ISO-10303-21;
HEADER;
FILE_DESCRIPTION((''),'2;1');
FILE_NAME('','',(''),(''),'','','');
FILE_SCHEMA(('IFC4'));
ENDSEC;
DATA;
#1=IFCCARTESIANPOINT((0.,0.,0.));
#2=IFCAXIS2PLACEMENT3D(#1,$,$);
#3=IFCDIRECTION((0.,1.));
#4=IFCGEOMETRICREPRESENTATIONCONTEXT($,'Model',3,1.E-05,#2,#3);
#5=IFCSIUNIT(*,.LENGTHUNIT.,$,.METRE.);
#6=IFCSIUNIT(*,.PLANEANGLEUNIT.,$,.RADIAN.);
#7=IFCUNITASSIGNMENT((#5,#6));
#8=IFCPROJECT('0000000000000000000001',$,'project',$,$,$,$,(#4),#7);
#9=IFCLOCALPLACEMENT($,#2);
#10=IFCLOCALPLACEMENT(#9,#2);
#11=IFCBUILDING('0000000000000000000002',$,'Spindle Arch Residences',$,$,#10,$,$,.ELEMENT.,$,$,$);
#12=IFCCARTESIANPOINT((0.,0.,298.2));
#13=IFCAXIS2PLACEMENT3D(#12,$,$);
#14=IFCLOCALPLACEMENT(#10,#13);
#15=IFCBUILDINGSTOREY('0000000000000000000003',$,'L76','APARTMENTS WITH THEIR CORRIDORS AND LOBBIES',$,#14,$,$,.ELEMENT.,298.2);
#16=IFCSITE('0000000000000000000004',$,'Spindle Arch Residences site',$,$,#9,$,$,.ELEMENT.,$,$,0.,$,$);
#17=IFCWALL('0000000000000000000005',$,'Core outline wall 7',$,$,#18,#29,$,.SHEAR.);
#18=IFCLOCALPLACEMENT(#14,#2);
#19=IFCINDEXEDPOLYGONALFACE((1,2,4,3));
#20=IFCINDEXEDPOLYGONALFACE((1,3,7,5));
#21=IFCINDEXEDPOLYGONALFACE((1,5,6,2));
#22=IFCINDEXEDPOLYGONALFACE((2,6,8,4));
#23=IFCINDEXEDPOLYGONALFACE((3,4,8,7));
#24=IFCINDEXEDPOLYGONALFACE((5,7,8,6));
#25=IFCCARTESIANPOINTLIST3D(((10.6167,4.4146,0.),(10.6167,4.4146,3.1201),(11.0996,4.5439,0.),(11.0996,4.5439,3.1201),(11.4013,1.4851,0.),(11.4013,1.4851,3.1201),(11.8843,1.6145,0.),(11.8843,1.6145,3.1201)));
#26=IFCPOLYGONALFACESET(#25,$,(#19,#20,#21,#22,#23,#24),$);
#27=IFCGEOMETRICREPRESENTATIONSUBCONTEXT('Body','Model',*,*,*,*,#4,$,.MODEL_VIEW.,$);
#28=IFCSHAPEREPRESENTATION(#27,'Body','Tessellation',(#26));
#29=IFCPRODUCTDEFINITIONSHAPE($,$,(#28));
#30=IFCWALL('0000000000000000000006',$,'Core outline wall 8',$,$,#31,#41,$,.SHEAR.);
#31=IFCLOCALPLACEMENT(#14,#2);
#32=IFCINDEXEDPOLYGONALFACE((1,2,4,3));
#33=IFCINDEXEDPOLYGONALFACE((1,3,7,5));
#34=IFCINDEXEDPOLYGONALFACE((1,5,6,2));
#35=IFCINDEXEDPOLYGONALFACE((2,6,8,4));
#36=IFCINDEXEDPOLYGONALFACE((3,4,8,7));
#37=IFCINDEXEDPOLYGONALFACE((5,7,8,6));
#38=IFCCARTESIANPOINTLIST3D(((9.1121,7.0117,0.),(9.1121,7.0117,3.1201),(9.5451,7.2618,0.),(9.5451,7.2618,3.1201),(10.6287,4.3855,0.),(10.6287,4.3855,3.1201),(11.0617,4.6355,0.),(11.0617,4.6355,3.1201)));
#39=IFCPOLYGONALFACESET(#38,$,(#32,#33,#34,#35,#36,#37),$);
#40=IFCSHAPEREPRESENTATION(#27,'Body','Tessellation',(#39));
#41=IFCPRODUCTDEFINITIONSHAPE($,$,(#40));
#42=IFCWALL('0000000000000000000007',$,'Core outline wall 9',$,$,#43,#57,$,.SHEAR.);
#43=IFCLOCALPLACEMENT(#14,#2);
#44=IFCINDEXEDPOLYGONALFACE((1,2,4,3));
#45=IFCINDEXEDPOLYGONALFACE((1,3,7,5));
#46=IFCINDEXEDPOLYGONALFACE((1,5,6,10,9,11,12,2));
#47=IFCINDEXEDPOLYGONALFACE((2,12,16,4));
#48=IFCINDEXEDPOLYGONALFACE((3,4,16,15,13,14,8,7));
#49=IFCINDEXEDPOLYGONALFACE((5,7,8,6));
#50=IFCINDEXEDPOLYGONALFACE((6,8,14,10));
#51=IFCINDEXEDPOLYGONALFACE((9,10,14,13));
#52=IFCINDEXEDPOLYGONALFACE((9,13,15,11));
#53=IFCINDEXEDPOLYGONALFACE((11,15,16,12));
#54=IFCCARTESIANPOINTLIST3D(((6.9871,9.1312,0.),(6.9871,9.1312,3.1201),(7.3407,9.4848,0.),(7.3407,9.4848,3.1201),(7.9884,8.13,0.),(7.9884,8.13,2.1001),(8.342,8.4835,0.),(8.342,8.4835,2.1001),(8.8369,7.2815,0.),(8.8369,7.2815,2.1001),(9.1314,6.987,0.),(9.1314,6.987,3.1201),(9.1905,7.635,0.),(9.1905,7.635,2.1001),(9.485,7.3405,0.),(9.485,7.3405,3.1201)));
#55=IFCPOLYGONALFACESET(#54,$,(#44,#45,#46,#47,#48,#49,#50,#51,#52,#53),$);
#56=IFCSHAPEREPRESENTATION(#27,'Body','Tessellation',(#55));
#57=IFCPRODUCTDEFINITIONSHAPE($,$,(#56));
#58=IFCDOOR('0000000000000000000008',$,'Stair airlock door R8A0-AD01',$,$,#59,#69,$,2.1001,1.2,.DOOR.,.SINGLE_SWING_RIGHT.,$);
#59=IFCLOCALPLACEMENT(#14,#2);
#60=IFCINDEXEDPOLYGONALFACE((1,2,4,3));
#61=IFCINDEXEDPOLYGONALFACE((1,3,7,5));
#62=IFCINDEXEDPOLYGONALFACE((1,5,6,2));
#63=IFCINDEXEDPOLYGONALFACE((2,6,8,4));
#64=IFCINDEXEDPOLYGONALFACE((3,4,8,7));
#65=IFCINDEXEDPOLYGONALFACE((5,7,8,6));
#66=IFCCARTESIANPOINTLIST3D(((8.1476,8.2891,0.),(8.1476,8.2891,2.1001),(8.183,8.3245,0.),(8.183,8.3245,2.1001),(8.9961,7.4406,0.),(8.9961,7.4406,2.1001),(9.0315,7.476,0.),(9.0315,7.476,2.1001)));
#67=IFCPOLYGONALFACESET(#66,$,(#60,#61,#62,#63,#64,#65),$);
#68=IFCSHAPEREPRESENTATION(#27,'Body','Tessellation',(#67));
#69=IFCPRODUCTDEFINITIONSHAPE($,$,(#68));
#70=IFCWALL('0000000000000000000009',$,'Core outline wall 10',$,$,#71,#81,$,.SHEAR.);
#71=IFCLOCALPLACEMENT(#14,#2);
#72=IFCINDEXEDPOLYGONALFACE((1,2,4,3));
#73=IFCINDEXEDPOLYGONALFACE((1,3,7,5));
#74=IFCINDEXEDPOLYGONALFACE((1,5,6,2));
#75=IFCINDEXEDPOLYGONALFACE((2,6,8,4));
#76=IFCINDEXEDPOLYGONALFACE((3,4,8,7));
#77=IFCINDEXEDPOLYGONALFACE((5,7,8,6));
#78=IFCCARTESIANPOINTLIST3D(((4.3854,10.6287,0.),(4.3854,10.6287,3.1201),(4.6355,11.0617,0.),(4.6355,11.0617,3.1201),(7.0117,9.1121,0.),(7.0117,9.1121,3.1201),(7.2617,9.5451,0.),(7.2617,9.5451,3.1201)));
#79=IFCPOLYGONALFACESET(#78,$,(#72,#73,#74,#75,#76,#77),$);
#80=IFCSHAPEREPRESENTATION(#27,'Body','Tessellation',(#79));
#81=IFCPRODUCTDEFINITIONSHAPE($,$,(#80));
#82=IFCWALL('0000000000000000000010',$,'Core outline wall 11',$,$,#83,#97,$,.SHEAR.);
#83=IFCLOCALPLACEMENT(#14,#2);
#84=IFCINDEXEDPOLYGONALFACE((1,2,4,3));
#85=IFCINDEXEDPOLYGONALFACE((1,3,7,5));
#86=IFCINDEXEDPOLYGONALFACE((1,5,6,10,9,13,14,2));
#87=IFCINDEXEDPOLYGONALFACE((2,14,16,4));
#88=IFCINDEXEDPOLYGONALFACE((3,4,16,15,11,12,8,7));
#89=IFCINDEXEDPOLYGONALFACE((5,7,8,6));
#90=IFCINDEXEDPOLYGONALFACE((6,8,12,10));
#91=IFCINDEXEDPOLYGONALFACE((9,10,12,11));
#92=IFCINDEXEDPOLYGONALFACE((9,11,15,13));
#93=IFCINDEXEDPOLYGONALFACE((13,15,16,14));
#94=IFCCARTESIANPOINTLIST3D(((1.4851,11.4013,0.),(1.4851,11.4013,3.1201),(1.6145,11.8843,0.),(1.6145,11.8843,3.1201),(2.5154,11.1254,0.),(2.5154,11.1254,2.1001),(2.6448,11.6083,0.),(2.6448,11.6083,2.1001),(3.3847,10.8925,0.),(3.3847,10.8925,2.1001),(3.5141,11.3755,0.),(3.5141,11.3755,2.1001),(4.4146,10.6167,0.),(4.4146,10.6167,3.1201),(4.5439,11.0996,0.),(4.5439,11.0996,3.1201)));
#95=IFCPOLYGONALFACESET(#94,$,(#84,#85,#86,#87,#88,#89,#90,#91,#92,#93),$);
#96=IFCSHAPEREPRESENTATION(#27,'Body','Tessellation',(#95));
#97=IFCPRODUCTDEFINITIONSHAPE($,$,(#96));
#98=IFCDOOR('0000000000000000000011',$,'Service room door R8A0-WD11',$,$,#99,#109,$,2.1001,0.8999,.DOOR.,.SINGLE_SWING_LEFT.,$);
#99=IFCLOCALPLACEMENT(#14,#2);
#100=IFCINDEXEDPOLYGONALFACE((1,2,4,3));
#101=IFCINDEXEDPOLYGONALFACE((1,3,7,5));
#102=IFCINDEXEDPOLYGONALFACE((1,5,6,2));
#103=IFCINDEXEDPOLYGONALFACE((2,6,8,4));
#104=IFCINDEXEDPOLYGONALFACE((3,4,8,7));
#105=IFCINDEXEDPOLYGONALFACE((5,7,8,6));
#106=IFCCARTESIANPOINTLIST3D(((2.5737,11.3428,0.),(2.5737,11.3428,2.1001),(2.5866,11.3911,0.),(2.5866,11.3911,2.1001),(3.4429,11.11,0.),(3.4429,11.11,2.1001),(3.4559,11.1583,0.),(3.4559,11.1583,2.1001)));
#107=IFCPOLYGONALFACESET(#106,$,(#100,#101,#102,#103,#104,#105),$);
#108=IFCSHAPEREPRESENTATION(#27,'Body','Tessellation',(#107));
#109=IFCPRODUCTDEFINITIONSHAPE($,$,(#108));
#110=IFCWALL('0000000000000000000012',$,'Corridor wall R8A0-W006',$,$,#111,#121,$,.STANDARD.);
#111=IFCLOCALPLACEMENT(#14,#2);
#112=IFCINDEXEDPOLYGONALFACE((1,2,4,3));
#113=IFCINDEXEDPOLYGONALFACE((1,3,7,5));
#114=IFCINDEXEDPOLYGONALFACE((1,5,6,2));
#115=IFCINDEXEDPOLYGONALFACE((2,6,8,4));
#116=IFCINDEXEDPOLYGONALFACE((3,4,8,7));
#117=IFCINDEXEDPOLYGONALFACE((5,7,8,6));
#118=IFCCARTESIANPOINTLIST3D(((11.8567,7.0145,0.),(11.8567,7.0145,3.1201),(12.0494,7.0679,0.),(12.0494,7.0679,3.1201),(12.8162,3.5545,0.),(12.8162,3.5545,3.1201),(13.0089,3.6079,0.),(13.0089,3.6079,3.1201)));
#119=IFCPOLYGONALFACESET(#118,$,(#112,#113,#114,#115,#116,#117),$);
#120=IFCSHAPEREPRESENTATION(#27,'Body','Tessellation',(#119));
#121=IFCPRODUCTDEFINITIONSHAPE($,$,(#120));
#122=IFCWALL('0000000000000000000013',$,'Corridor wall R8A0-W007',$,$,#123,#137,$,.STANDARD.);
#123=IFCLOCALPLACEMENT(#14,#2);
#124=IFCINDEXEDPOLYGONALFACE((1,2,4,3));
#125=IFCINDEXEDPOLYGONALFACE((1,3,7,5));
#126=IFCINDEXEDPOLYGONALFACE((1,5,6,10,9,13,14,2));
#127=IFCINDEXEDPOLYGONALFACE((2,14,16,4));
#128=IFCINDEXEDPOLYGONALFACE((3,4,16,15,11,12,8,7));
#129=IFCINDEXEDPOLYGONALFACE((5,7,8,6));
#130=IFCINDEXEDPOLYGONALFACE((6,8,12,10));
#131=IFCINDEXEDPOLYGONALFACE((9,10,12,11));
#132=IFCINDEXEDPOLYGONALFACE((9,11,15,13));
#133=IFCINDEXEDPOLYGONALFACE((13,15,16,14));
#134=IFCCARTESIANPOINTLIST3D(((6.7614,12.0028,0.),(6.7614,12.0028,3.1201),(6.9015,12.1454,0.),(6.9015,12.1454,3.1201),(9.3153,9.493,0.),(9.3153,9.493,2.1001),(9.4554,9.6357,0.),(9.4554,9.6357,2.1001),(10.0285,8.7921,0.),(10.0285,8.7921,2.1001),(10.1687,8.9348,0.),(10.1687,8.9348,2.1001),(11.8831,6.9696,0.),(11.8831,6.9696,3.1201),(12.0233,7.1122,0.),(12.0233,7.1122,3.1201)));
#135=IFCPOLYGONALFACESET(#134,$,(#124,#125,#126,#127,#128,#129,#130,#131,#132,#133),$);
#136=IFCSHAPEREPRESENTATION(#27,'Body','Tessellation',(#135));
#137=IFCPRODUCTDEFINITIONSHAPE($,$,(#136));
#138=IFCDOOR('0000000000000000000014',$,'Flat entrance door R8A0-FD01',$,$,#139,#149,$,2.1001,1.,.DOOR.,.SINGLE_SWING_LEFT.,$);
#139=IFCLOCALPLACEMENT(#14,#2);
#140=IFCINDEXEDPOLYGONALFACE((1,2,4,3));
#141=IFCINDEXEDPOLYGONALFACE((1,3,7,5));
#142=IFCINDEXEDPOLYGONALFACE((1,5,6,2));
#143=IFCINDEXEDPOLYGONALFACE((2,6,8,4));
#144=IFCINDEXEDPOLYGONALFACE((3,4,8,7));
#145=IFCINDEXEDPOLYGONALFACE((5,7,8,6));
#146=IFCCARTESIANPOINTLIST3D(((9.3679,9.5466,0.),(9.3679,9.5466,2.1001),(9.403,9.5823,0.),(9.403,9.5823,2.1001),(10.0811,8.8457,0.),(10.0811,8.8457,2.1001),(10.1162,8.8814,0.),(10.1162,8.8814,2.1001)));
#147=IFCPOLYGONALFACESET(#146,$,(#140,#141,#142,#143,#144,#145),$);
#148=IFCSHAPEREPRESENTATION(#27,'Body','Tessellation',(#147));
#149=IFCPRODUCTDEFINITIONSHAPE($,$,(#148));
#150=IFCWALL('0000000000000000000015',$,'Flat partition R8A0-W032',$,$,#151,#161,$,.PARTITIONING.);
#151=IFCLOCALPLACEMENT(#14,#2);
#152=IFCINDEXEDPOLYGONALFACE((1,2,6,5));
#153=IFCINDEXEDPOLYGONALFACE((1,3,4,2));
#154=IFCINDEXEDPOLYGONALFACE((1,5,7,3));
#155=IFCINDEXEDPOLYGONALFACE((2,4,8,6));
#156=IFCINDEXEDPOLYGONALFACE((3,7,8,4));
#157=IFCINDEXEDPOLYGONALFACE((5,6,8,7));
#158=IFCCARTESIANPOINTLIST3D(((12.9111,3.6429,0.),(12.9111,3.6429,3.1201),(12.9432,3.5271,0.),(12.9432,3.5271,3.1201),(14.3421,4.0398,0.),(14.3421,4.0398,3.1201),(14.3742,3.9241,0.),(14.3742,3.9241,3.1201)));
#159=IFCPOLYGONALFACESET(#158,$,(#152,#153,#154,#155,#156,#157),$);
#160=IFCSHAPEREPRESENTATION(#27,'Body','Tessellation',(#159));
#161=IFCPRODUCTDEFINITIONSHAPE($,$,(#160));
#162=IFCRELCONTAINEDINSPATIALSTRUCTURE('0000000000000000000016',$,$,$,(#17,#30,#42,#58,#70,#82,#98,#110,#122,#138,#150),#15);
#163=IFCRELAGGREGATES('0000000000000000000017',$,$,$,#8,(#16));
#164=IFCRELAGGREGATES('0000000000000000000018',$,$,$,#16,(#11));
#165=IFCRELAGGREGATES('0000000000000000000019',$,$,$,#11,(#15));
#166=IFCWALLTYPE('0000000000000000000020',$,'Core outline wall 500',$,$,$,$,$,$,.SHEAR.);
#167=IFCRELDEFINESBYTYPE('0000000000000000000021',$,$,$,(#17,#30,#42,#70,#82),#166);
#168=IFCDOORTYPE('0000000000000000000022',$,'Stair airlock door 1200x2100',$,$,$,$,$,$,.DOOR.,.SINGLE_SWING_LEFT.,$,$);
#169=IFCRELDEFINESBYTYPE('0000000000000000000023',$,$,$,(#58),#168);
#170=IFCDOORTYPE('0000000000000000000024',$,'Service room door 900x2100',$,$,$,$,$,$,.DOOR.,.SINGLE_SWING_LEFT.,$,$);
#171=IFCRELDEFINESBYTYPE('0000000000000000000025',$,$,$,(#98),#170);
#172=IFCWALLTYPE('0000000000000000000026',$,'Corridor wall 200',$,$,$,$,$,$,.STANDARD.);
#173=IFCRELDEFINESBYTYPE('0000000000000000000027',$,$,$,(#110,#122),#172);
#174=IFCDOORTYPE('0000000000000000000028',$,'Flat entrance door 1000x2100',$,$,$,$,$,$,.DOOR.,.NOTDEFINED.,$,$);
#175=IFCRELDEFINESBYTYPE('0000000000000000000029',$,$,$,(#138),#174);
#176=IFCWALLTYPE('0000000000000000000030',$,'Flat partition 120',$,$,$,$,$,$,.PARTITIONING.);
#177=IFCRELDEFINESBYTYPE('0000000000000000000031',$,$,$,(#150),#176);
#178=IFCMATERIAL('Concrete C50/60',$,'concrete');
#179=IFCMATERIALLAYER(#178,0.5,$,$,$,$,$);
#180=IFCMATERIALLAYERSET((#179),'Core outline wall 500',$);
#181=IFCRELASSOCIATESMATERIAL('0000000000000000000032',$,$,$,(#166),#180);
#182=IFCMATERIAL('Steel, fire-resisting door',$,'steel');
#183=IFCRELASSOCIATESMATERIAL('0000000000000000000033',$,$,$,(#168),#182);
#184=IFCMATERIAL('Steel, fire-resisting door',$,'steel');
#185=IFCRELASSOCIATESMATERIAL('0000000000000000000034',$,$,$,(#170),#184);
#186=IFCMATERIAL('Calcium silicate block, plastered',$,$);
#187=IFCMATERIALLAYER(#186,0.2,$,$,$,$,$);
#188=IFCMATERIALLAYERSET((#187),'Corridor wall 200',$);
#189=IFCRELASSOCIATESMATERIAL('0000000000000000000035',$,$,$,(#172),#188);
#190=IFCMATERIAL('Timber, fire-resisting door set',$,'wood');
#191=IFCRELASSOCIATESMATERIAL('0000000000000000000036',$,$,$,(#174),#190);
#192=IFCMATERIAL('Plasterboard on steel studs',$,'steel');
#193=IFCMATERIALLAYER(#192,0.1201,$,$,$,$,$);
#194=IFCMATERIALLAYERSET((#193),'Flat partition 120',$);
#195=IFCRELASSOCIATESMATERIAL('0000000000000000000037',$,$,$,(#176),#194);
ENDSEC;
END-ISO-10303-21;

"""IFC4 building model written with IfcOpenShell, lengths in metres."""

from ifc_helpers import new_model, si_unit, direction, frame, frame_2d, origin, place, context, subcontext, project, spatial, rectangle, extrude, material, layer, layer_set, type_object, element, fill, save


model = new_model("IFC4")

# Units and contexts
model_context = context("Model", 3, precision=1e-05, world=origin(), true_north=direction((0.0, 1.0)))
body_context = subcontext(model_context, "Body", "Model", "MODEL_VIEW")
ifc_project = project(units=[si_unit("LENGTHUNIT", "METRE"), si_unit("PLANEANGLEUNIT", "RADIAN")], contexts=[model_context])

# Site, building, storey
site_placement = place(None, origin())
site = spatial("IfcSite", under=ifc_project, at=site_placement, Name="Spindle Arch Residences site", CompositionType="ELEMENT", RefElevation=0.0)
building_placement = place(site_placement, origin())
building = spatial("IfcBuilding", under=site, at=building_placement, Name="Spindle Arch Residences", CompositionType="ELEMENT")
storey_placement = place(building_placement, frame((0.0, 0.0, 298.2)))
storey = spatial("IfcBuildingStorey", under=building, at=storey_placement, Name="L76", Description="APARTMENTS WITH THEIR CORRIDORS AND LOBBIES", CompositionType="ELEMENT", Elevation=298.2)

# Walls
ifc_material_1 = material(Name="Concrete C50/60", Category="concrete")
ifc_layer_1 = layer(ifc_material_1, 0.5)
ifc_layer_set_1 = layer_set([ifc_layer_1], Name="Core outline wall 500")
wall_type_1 = type_object("IfcWallType", Name="Core outline wall 500", PredefinedType="SHEAR", material=ifc_layer_set_1)
for number, where, z_axis, x_axis, name in (
    (1, (11.6428, 1.5498, 0.0), (0.0, 0.0, 1.0), (-0.258735, 0.965948, 0.0), "Core outline wall 7"),
    (2, (10.8452, 4.5105, 0.0), (0.0, 0.0, 1.0), (-0.500087, 0.865975, 0.0), "Core outline wall 8"),
):
    element("IfcWall", number, at=place(storey_placement, frame(where, z_axis=z_axis, x_axis=x_axis)), inside=storey, type_object=wall_type_1, Name=name, PredefinedType="SHEAR", context=body_context, shape_type="SweptSolid", body=[
        extrude(rectangle(XDim=3.0327, YDim=0.5, at=frame_2d((1.5164, 0.0))), origin(), (0.0, 0.0, 1.0), 3.1201),
    ])

# Wall, opening, door
wall_1_placement = place(storey_placement, frame((9.3081, 7.1638, 0.0), z_axis=(0.0, 0.0, 1.0), x_axis=(-0.707107, 0.707107, 0.0)))
wall_1 = element("IfcWall", 3, at=wall_1_placement, inside=storey, type_object=wall_type_1, Name="Core outline wall 9", PredefinedType="SHEAR", context=body_context, shape_type="SweptSolid", body=[
    extrude(rectangle(XDim=3.0325, YDim=0.5, at=frame_2d((1.5161, 0.0))), origin(), (0.0, 0.0, 1.0), 3.1201),
])
opening_1_placement = place(wall_1_placement, frame((0.4163, 0.0, 0.0)))
opening_1 = element("IfcOpeningElement", 4, at=opening_1_placement, cuts=wall_1, PredefinedType="OPENING", context=body_context, shape_type="SweptSolid", body=[
    extrude(rectangle(XDim=1.2, YDim=2.1001, at=frame_2d((0.6001, 1.05))), frame((0.0, 0.26, 0.0), z_axis=(0.0, -1.0, 0.0), x_axis=(1.0, 0.0, 0.0)), (0.0, 0.0, 1.0), 0.52),
])
ifc_material_2 = material(Name="Steel, fire-resisting door", Category="steel")
door_type_1 = type_object("IfcDoorType", Name="Stair airlock door 1200x2100", OperationType="SINGLE_SWING_LEFT", PredefinedType="DOOR", material=ifc_material_2)
door_1_placement = place(opening_1_placement, origin())
door_1 = element("IfcDoor", 5, at=door_1_placement, inside=storey, type_object=door_type_1, Name="Stair airlock door R8A0-AD01", OperationType="SINGLE_SWING_RIGHT", OverallHeight=2.1001, OverallWidth=1.2, PredefinedType="DOOR", context=body_context, shape_type="SweptSolid", body=[
    extrude(rectangle(XDim=1.2, YDim=2.1001, at=frame_2d((0.6001, 1.05))), frame((0.0, 0.0249, 0.0), z_axis=(0.0, -1.0, 0.0), x_axis=(1.0, 0.0, 0.0)), (0.0, 0.0, 1.0), 0.05),
])
fill(opening_1, door_1)

# Wall
wall_2_placement = place(storey_placement, frame((7.1367, 9.3286, 0.0), z_axis=(0.0, 0.0, 1.0), x_axis=(-0.865975, 0.500087, 0.0)))
element("IfcWall", 6, at=wall_2_placement, inside=storey, type_object=wall_type_1, Name="Core outline wall 10", PredefinedType="SHEAR", context=body_context, shape_type="SweptSolid", body=[
    extrude(rectangle(XDim=3.0327, YDim=0.5, at=frame_2d((1.5164, 0.0))), origin(), (0.0, 0.0, 1.0), 3.1201),
])

# Wall, opening, door
wall_3_placement = place(storey_placement, frame((4.4792, 10.8582, 0.0), z_axis=(0.0, 0.0, 1.0), x_axis=(-0.965948, 0.258735, 0.0)))
wall_3 = element("IfcWall", 7, at=wall_3_placement, inside=storey, type_object=wall_type_1, Name="Core outline wall 11", PredefinedType="SHEAR", context=body_context, shape_type="SweptSolid", body=[
    extrude(rectangle(XDim=3.0327, YDim=0.5, at=frame_2d((1.5164, 0.0))), origin(), (0.0, 0.0, 1.0), 3.1201),
])
opening_2_placement = place(wall_3_placement, frame((1.0662, 0.0, 0.0)))
opening_2 = element("IfcOpeningElement", 8, at=opening_2_placement, cuts=wall_3, PredefinedType="OPENING", context=body_context, shape_type="SweptSolid", body=[
    extrude(rectangle(XDim=0.8999, YDim=2.1001, at=frame_2d((0.45, 1.05))), frame((0.0, 0.26, 0.0), z_axis=(0.0, -1.0, 0.0), x_axis=(1.0, 0.0, 0.0)), (0.0, 0.0, 1.0), 0.52),
])
ifc_material_3 = material(Name="Steel, fire-resisting door", Category="steel")
door_type_2 = type_object("IfcDoorType", Name="Service room door 900x2100", OperationType="SINGLE_SWING_LEFT", PredefinedType="DOOR", material=ifc_material_3)
door_2_placement = place(opening_2_placement, origin())
door_2 = element("IfcDoor", 9, at=door_2_placement, inside=storey, type_object=door_type_2, Name="Service room door R8A0-WD11", OperationType="SINGLE_SWING_LEFT", OverallHeight=2.1001, OverallWidth=0.8999, PredefinedType="DOOR", context=body_context, shape_type="SweptSolid", body=[
    extrude(rectangle(XDim=0.8999, YDim=2.1001, at=frame_2d((0.45, 1.05))), frame((0.0, 0.0249, 0.0), z_axis=(0.0, -1.0, 0.0), x_axis=(1.0, 0.0, 0.0)), (0.0, 0.0, 1.0), 0.05),
])
fill(opening_2, door_2)

# Wall
ifc_material_4 = material(Name="Calcium silicate block, plastered")
ifc_layer_2 = layer(ifc_material_4, 0.2)
ifc_layer_set_2 = layer_set([ifc_layer_2], Name="Corridor wall 200")
wall_type_2 = type_object("IfcWallType", Name="Corridor wall 200", PredefinedType="STANDARD", material=ifc_layer_set_2)
wall_4_placement = place(storey_placement, frame((12.9126, 3.5811, 0.0), z_axis=(0.0, 0.0, 1.0), x_axis=(-0.267223, 0.963635, 0.0)))
element("IfcWall", 10, at=wall_4_placement, inside=storey, type_object=wall_type_2, Name="Corridor wall R8A0-W006", PredefinedType="STANDARD", context=body_context, shape_type="SweptSolid", body=[
    extrude(rectangle(XDim=3.5906, YDim=0.2, at=frame_2d((1.7954, 0.0))), origin(), (0.0, 0.0, 1.0), 3.1201),
])

# Wall, opening, door
wall_5_placement = place(storey_placement, frame((11.9531, 7.041, 0.0), z_axis=(0.0, 0.0, 1.0), x_axis=(-0.713251, 0.700909, 0.0)))
wall_5 = element("IfcWall", 11, at=wall_5_placement, inside=storey, type_object=wall_type_2, Name="Corridor wall R8A0-W007", PredefinedType="STANDARD", context=body_context, shape_type="SweptSolid", body=[
    extrude(rectangle(XDim=7.1809, YDim=0.2, at=frame_2d((3.5903, 0.0))), origin(), (0.0, 0.0, 1.0), 3.1201),
])
opening_3_placement = place(wall_5_placement, frame((2.6001, 0.0, 0.0)))
opening_3 = element("IfcOpeningElement", 12, at=opening_3_placement, cuts=wall_5, PredefinedType="OPENING", context=body_context, shape_type="SweptSolid", body=[
    extrude(rectangle(XDim=1.0, YDim=2.1001, at=frame_2d((0.5, 1.05))), frame((0.0, 0.1099, 0.0), z_axis=(0.0, -1.0, 0.0), x_axis=(1.0, 0.0, 0.0)), (0.0, 0.0, 1.0), 0.22),
])
ifc_material_5 = material(Name="Timber, fire-resisting door set", Category="wood")
door_type_3 = type_object("IfcDoorType", Name="Flat entrance door 1000x2100", OperationType="NOTDEFINED", PredefinedType="DOOR", material=ifc_material_5)
door_3_placement = place(opening_3_placement, origin())
door_3 = element("IfcDoor", 13, at=door_3_placement, inside=storey, type_object=door_type_3, Name="Flat entrance door R8A0-FD01", OperationType="SINGLE_SWING_LEFT", OverallHeight=2.1001, OverallWidth=1.0, PredefinedType="DOOR", context=body_context, shape_type="SweptSolid", body=[
    extrude(rectangle(XDim=1.0, YDim=2.1001, at=frame_2d((0.5, 1.05))), frame((0.0, 0.0249, 0.0), z_axis=(0.0, -1.0, 0.0), x_axis=(1.0, 0.0, 0.0)), (0.0, 0.0, 1.0), 0.05),
])
fill(opening_3, door_3)

# Wall
ifc_material_6 = material(Name="Plasterboard on steel studs", Category="steel")
ifc_layer_3 = layer(ifc_material_6, 0.1201)
ifc_layer_set_3 = layer_set([ifc_layer_3], Name="Flat partition 120")
wall_type_3 = type_object("IfcWallType", Name="Flat partition 120", PredefinedType="PARTITIONING", material=ifc_layer_set_3)
wall_6_placement = place(storey_placement, frame((12.927, 3.585, 0.0), z_axis=(0.0, 0.0, 1.0), x_axis=(0.963617, 0.267288, 0.0)))
element("IfcWall", 14, at=wall_6_placement, inside=storey, type_object=wall_type_3, Name="Flat partition R8A0-W032", PredefinedType="PARTITIONING", context=body_context, shape_type="SweptSolid", body=[
    extrude(rectangle(XDim=1.4851, YDim=0.1201, at=frame_2d((0.7427, 0.0))), origin(), (0.0, 0.0, 1.0), 3.1201),
])

save(model, "model.ifc")
